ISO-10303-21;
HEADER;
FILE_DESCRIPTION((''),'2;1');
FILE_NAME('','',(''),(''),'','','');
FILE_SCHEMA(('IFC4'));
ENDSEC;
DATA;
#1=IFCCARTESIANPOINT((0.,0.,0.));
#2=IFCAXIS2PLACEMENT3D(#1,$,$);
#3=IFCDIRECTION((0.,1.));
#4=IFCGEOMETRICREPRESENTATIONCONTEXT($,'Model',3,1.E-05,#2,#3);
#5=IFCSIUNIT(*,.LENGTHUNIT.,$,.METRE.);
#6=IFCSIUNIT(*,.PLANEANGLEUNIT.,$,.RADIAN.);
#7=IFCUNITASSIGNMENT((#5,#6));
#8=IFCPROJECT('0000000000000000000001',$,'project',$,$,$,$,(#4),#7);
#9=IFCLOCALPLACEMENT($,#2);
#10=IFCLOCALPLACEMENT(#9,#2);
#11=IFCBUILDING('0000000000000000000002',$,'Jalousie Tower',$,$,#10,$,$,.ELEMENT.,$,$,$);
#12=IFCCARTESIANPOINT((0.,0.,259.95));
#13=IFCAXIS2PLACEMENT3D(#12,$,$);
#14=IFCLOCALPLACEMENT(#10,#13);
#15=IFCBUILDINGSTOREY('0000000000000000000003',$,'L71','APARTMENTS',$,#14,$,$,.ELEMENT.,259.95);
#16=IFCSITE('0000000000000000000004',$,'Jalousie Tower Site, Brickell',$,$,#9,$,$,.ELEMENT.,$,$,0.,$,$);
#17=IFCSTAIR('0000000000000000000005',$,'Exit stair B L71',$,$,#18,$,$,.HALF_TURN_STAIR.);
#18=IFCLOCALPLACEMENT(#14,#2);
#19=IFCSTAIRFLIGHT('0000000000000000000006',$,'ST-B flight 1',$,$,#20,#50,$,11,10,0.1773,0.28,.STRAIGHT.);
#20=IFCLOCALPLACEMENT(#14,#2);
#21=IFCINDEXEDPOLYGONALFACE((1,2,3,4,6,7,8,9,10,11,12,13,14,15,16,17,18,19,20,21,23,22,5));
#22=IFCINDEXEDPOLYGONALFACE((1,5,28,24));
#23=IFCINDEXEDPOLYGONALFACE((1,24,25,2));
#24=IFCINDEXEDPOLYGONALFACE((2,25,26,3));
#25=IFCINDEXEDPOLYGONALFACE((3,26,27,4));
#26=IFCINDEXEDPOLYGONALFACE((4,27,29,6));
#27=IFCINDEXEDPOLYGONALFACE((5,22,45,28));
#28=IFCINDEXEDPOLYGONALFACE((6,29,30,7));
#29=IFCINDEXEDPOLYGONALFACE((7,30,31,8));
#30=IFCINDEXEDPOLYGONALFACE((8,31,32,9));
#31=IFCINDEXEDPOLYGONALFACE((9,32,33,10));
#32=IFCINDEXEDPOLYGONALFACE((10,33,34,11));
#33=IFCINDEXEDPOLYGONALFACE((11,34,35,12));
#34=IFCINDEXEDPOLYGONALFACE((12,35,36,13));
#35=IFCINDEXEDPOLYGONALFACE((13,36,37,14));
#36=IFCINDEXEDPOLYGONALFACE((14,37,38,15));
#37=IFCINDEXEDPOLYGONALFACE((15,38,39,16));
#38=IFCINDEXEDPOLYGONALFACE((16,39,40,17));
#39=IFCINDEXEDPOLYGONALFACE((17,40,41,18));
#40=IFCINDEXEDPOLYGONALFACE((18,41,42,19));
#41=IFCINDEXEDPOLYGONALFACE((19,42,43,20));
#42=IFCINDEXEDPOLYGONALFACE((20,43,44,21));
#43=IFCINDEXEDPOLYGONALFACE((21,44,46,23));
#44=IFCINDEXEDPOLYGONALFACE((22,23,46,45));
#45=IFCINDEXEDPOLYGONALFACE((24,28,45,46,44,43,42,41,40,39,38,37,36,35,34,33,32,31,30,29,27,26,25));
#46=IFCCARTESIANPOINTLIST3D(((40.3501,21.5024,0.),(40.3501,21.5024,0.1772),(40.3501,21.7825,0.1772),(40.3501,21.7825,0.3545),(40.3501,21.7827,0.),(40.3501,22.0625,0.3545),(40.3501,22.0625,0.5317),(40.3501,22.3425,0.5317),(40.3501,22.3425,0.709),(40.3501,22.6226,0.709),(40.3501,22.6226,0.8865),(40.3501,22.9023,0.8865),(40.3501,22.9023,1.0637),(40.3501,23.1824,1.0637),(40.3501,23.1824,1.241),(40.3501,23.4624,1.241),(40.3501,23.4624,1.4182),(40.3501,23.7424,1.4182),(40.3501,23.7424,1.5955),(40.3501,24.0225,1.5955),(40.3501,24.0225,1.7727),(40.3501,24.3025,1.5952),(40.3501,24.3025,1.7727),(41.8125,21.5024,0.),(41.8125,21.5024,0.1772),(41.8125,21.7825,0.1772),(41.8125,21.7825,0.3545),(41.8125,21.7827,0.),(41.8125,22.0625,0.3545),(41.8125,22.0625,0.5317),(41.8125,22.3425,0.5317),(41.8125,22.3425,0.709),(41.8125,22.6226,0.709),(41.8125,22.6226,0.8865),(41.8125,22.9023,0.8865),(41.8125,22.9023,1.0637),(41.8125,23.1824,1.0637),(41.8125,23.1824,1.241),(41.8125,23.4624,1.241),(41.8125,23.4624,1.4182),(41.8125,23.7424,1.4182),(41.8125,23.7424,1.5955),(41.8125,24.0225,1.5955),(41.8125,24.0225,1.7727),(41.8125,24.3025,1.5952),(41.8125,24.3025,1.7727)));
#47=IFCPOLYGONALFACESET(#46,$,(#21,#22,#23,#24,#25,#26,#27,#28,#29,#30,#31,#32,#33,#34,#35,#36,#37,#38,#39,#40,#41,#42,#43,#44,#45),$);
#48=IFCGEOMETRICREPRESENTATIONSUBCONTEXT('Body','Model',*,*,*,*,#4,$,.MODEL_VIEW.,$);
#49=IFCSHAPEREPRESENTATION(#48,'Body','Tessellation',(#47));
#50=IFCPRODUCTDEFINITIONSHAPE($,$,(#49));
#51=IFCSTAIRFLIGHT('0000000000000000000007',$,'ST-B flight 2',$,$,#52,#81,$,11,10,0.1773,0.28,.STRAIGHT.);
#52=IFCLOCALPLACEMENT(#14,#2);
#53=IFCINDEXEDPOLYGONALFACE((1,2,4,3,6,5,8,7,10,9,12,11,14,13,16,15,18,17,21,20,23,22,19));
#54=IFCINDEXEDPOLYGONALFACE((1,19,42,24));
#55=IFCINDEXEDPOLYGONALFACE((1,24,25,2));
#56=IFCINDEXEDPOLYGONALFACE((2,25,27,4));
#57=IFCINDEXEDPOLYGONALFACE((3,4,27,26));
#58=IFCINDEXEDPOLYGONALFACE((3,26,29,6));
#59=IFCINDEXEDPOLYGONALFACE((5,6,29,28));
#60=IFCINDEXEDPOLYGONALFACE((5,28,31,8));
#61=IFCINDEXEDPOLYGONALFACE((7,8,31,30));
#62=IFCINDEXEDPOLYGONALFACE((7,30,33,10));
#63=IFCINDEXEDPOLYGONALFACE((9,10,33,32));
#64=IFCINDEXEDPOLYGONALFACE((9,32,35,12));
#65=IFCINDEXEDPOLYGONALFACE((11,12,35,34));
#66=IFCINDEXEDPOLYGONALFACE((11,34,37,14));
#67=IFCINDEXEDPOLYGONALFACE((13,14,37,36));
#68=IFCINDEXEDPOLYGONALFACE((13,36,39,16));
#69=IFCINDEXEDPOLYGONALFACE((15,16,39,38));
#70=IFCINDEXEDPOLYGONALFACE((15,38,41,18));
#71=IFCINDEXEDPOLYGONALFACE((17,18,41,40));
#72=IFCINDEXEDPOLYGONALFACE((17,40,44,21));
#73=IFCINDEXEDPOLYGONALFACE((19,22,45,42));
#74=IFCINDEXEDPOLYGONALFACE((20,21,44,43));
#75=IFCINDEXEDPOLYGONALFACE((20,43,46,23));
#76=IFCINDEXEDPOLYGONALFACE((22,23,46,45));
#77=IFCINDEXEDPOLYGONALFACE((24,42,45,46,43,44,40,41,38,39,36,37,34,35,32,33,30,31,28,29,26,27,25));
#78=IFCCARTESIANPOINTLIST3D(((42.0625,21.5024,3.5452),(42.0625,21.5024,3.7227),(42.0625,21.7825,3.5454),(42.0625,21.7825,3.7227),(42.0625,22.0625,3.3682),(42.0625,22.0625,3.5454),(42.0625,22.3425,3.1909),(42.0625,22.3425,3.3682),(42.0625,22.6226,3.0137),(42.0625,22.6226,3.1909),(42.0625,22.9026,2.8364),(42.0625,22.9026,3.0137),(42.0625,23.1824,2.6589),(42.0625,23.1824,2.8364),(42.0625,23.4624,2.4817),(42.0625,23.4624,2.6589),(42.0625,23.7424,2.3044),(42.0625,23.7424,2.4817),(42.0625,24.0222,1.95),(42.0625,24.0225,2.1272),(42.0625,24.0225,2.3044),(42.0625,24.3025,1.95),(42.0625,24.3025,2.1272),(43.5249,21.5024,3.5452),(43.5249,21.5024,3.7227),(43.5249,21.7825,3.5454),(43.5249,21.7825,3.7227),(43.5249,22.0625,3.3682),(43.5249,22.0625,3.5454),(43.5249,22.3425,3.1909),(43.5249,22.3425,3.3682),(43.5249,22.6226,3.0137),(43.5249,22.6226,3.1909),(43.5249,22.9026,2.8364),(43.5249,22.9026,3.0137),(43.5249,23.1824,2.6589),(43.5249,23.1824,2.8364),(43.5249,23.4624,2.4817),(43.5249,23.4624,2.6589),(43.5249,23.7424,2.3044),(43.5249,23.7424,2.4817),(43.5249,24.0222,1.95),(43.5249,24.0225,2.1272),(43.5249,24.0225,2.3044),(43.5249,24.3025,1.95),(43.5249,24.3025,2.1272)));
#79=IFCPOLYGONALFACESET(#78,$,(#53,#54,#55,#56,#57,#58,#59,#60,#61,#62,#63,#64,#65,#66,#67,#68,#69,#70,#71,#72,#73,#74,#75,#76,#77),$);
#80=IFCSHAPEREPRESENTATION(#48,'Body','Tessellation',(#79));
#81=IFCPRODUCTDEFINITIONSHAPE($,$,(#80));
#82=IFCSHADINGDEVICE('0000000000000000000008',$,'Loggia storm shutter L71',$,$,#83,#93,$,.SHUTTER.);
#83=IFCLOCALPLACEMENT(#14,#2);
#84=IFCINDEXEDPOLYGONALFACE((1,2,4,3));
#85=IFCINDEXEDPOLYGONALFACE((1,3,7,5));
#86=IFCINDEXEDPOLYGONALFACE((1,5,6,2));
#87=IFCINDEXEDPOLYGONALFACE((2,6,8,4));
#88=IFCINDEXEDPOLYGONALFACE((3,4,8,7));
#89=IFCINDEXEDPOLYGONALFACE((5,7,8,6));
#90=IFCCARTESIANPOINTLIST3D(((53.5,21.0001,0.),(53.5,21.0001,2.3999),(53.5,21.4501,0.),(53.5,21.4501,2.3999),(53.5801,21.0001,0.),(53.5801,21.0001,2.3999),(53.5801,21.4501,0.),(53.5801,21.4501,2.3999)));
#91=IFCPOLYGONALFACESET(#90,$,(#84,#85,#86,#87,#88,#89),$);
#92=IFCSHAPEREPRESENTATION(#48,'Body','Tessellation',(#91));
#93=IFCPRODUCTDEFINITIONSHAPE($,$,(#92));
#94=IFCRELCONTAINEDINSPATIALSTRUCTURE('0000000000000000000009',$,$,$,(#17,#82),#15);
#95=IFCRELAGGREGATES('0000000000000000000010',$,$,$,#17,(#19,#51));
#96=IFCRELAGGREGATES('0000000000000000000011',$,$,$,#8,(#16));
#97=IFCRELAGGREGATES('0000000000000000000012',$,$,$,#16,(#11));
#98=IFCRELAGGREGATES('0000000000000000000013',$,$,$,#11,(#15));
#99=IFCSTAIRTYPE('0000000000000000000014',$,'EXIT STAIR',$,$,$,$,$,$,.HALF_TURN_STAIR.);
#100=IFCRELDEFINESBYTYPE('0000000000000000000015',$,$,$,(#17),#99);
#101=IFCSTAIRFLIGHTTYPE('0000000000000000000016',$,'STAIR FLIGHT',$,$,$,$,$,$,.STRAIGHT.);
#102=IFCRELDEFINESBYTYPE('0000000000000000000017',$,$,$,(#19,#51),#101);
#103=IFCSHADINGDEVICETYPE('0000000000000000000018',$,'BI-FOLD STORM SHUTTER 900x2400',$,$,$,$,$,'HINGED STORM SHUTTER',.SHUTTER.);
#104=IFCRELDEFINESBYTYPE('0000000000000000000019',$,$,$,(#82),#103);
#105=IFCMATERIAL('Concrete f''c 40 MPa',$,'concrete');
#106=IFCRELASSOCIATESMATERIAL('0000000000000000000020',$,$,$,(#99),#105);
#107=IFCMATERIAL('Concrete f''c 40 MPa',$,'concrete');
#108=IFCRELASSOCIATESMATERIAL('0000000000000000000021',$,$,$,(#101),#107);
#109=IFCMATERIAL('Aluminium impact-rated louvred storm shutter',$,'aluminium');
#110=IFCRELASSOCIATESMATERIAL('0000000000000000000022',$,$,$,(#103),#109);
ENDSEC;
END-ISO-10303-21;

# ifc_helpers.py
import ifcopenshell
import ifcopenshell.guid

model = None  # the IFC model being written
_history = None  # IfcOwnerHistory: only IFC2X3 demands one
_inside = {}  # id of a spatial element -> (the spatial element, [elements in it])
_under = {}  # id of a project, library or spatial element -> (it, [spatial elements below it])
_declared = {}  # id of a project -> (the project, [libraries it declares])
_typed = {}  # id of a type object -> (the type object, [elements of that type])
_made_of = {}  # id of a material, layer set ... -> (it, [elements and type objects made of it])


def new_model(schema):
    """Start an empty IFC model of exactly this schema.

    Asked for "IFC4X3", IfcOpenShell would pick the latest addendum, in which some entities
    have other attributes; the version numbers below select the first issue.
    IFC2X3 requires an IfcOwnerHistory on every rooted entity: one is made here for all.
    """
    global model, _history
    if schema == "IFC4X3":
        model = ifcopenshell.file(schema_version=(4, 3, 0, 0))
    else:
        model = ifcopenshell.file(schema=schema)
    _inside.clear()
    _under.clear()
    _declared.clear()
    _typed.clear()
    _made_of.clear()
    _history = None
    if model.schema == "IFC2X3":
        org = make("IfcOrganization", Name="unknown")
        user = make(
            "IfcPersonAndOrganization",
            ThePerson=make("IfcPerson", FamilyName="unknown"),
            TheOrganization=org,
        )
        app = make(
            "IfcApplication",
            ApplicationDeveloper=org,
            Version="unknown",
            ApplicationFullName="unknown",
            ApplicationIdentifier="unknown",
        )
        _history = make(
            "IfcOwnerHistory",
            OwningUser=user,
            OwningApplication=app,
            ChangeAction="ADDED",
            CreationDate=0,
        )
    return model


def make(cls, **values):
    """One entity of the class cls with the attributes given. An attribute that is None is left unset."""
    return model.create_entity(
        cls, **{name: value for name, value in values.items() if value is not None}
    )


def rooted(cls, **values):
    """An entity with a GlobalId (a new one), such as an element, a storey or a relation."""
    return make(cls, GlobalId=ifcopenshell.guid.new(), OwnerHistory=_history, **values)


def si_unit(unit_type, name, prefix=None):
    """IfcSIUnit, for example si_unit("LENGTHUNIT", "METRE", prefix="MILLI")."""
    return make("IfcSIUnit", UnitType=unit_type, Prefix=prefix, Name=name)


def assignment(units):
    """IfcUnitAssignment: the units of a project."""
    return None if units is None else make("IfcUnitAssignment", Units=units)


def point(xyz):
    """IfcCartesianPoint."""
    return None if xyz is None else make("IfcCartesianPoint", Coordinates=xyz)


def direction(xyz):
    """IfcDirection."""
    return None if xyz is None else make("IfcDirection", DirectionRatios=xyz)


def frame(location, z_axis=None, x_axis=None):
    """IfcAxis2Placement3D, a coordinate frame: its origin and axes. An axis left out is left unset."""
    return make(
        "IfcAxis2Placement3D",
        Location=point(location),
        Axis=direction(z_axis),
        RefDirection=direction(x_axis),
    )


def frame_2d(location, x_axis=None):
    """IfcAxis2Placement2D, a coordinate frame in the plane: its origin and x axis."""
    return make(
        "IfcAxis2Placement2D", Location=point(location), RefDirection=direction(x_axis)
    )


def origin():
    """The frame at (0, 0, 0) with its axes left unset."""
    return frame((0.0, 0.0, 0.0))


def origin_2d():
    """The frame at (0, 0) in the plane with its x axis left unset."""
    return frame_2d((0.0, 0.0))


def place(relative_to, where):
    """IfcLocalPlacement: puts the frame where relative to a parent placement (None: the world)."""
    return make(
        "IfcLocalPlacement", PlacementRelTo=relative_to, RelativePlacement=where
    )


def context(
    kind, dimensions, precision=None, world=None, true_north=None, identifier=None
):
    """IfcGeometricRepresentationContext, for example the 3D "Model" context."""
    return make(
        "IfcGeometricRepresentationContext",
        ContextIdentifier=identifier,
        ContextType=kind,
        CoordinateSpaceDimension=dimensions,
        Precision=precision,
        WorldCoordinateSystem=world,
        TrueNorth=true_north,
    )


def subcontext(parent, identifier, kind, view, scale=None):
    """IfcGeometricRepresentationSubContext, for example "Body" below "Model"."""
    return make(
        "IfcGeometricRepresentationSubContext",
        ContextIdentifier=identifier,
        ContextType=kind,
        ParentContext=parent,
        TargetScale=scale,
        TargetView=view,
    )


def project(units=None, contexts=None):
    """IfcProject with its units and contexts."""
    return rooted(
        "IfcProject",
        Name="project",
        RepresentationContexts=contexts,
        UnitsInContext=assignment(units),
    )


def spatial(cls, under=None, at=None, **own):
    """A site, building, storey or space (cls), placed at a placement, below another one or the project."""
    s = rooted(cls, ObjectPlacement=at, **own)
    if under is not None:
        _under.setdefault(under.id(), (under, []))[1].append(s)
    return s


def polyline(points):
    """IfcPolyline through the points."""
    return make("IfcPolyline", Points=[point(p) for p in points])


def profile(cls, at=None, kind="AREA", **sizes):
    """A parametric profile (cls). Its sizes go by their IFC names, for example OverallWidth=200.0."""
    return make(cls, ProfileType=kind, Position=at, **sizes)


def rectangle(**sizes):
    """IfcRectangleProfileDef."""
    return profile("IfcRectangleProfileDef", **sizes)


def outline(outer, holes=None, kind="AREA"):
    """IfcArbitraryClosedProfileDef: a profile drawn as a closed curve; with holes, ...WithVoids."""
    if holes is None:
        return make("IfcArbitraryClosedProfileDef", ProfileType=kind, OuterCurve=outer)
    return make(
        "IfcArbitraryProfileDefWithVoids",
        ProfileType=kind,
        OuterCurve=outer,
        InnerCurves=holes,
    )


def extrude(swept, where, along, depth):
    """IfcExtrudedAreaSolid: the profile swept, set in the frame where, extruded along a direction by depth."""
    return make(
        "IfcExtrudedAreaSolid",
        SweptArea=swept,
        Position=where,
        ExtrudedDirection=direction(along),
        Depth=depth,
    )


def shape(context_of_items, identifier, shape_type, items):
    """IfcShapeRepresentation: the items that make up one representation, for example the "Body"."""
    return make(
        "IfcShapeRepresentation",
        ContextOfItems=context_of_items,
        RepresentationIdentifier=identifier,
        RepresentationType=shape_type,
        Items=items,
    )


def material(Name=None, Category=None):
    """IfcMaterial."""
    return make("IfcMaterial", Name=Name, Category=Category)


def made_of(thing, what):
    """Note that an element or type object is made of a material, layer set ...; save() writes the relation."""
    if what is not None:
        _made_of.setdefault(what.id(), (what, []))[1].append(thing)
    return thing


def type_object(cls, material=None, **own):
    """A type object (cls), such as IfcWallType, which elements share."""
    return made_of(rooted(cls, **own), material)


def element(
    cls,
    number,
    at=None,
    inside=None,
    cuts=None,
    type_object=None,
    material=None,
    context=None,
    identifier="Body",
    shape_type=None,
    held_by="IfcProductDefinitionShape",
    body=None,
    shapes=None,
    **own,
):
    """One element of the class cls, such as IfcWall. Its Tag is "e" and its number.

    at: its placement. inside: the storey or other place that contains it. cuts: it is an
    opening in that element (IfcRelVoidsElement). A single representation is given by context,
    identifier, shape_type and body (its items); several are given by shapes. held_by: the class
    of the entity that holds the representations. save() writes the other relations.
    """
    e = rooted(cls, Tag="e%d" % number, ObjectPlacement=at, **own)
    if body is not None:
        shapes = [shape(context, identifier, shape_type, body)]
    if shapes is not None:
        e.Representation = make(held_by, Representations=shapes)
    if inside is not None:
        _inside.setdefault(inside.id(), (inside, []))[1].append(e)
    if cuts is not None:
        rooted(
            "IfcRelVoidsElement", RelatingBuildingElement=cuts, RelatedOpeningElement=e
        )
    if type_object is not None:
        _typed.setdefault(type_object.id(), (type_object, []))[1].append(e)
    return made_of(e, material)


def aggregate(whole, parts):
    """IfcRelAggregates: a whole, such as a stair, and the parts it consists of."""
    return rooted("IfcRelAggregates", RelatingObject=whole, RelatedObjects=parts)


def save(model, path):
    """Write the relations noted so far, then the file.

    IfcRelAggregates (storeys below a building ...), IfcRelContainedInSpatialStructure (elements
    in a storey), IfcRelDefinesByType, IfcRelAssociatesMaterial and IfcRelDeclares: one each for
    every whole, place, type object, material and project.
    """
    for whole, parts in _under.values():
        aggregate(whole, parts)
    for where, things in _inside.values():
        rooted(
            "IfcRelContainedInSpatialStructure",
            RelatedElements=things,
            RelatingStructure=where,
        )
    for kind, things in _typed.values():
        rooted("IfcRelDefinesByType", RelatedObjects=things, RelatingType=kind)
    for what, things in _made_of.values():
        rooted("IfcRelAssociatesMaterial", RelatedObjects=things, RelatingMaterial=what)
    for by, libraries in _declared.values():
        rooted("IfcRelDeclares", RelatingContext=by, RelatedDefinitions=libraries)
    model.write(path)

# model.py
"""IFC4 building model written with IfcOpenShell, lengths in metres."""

from ifc_helpers import new_model, si_unit, direction, frame, origin, origin_2d, place, context, subcontext, project, spatial, polyline, rectangle, outline, extrude, material, type_object, element, aggregate, save


model = new_model("IFC4")

# Units and contexts
model_context = context("Model", 3, precision=1e-05, world=origin(), true_north=direction((0.0, 1.0)))
body_context = subcontext(model_context, "Body", "Model", "MODEL_VIEW")
ifc_project = project(units=[si_unit("LENGTHUNIT", "METRE"), si_unit("PLANEANGLEUNIT", "RADIAN")], contexts=[model_context])

# Site, building, storey
site_placement = place(None, origin())
site = spatial("IfcSite", under=ifc_project, at=site_placement, Name="Jalousie Tower Site, Brickell", CompositionType="ELEMENT", RefElevation=0.0)
building_placement = place(site_placement, origin())
building = spatial("IfcBuilding", under=site, at=building_placement, Name="Jalousie Tower", CompositionType="ELEMENT")
storey_placement = place(building_placement, frame((0.0, 0.0, 259.95)))
storey = spatial("IfcBuildingStorey", under=building, at=storey_placement, Name="L71", Description="APARTMENTS", CompositionType="ELEMENT", Elevation=259.95)

# Stair, stair flights
ifc_material_1 = material(Name="Concrete f'c 40 MPa", Category="concrete")
stair_type = type_object("IfcStairType", Name="EXIT STAIR", PredefinedType="HALF_TURN_STAIR", material=ifc_material_1)
stair_placement = place(storey_placement, origin())
stair = element("IfcStair", 1, at=stair_placement, inside=storey, type_object=stair_type, Name="Exit stair B L71", PredefinedType="HALF_TURN_STAIR")
ifc_material_2 = material(Name="Concrete f'c 40 MPa", Category="concrete")
stair_flight_type = type_object("IfcStairFlightType", Name="STAIR FLIGHT", PredefinedType="STRAIGHT", material=ifc_material_2)
stair_flight_1_placement = place(storey_placement, frame((41.0813, 21.5024, 0.0), z_axis=(0.0, 0.0, 1.0), x_axis=(0.0, 1.0, 0.0)))
stair_flight_1 = element("IfcStairFlight", 2, at=stair_flight_1_placement, type_object=stair_flight_type, Name="ST-B flight 1", NumberOfRisers=11, NumberOfTreads=10, PredefinedType="STRAIGHT", RiserHeight=0.1773, TreadLength=0.28, context=body_context, shape_type="SweptSolid", body=[
    extrude(outline(polyline([(0.0, 0.0), (0.0, 0.1772), (0.28, 0.1772), (0.28, 0.3545), (0.5601, 0.3545), (0.5601, 0.5317), (0.8401, 0.5317), (0.8401, 0.709), (1.1201, 0.709), (1.1201, 0.8865), (1.3999, 0.8865), (1.3999, 1.0637), (1.6799, 1.0637), (1.6799, 1.241), (1.96, 1.241), (1.96, 1.4182), (2.24, 1.4182), (2.24, 1.5955), (2.52, 1.5955), (2.52, 1.7727), (2.8, 1.7727), (2.8, 1.95), (2.8, 1.5952), (0.2803, 0.0), (0.0, 0.0)])), frame((0.0, 0.7312, 0.0), z_axis=(0.0, -1.0, 0.0), x_axis=(1.0, 0.0, 0.0)), (0.0, 0.0, 1.0), 1.4624),
])
stair_flight_2_placement = place(storey_placement, frame((42.7937, 24.3025, 1.95), z_axis=(0.0, 0.0, 1.0), x_axis=(0.0, -1.0, 0.0)))
stair_flight_2 = element("IfcStairFlight", 3, at=stair_flight_2_placement, type_object=stair_flight_type, Name="ST-B flight 2", NumberOfRisers=11, NumberOfTreads=10, PredefinedType="STRAIGHT", RiserHeight=0.1773, TreadLength=0.28, context=body_context, shape_type="SweptSolid", body=[
    extrude(outline(polyline([(0.0, 0.0), (0.0, 0.1772), (0.28, 0.1772), (0.28, 0.3545), (0.5601, 0.3545), (0.5601, 0.5317), (0.8401, 0.5317), (0.8401, 0.709), (1.1201, 0.709), (1.1201, 0.8865), (1.3999, 0.8865), (1.3999, 1.0637), (1.6799, 1.0637), (1.6799, 1.241), (1.96, 1.241), (1.96, 1.4182), (2.24, 1.4182), (2.24, 1.5955), (2.52, 1.5955), (2.52, 1.7727), (2.8, 1.7727), (2.8, 1.95), (2.8, 1.5952), (0.2803, 0.0), (0.0, 0.0)])), frame((0.0, 0.7312, 0.0), z_axis=(0.0, -1.0, 0.0), x_axis=(1.0, 0.0, 0.0)), (0.0, 0.0, 1.0), 1.4624),
])
aggregate(stair, [stair_flight_1, stair_flight_2])

# Shading device
ifc_material_3 = material(Name="Aluminium impact-rated louvred storm shutter", Category="aluminium")
shading_device_type = type_object("IfcShadingDeviceType", Name="BI-FOLD STORM SHUTTER 900x2400", ElementType="HINGED STORM SHUTTER", PredefinedType="SHUTTER", material=ifc_material_3)
shading_device_placement = place(storey_placement, frame((53.54, 21.2251, 0.0), z_axis=(0.0, 0.0, 1.0), x_axis=(0.0, 1.0, 0.0)))
element("IfcShadingDevice", 4, at=shading_device_placement, inside=storey, type_object=shading_device_type, Name="Loggia storm shutter L71", PredefinedType="SHUTTER", context=body_context, shape_type="SweptSolid", body=[
    extrude(rectangle(XDim=0.45, YDim=0.0801, at=origin_2d()), origin(), (0.0, 0.0, 1.0), 2.3999),
])

save(model, "model.ifc")
